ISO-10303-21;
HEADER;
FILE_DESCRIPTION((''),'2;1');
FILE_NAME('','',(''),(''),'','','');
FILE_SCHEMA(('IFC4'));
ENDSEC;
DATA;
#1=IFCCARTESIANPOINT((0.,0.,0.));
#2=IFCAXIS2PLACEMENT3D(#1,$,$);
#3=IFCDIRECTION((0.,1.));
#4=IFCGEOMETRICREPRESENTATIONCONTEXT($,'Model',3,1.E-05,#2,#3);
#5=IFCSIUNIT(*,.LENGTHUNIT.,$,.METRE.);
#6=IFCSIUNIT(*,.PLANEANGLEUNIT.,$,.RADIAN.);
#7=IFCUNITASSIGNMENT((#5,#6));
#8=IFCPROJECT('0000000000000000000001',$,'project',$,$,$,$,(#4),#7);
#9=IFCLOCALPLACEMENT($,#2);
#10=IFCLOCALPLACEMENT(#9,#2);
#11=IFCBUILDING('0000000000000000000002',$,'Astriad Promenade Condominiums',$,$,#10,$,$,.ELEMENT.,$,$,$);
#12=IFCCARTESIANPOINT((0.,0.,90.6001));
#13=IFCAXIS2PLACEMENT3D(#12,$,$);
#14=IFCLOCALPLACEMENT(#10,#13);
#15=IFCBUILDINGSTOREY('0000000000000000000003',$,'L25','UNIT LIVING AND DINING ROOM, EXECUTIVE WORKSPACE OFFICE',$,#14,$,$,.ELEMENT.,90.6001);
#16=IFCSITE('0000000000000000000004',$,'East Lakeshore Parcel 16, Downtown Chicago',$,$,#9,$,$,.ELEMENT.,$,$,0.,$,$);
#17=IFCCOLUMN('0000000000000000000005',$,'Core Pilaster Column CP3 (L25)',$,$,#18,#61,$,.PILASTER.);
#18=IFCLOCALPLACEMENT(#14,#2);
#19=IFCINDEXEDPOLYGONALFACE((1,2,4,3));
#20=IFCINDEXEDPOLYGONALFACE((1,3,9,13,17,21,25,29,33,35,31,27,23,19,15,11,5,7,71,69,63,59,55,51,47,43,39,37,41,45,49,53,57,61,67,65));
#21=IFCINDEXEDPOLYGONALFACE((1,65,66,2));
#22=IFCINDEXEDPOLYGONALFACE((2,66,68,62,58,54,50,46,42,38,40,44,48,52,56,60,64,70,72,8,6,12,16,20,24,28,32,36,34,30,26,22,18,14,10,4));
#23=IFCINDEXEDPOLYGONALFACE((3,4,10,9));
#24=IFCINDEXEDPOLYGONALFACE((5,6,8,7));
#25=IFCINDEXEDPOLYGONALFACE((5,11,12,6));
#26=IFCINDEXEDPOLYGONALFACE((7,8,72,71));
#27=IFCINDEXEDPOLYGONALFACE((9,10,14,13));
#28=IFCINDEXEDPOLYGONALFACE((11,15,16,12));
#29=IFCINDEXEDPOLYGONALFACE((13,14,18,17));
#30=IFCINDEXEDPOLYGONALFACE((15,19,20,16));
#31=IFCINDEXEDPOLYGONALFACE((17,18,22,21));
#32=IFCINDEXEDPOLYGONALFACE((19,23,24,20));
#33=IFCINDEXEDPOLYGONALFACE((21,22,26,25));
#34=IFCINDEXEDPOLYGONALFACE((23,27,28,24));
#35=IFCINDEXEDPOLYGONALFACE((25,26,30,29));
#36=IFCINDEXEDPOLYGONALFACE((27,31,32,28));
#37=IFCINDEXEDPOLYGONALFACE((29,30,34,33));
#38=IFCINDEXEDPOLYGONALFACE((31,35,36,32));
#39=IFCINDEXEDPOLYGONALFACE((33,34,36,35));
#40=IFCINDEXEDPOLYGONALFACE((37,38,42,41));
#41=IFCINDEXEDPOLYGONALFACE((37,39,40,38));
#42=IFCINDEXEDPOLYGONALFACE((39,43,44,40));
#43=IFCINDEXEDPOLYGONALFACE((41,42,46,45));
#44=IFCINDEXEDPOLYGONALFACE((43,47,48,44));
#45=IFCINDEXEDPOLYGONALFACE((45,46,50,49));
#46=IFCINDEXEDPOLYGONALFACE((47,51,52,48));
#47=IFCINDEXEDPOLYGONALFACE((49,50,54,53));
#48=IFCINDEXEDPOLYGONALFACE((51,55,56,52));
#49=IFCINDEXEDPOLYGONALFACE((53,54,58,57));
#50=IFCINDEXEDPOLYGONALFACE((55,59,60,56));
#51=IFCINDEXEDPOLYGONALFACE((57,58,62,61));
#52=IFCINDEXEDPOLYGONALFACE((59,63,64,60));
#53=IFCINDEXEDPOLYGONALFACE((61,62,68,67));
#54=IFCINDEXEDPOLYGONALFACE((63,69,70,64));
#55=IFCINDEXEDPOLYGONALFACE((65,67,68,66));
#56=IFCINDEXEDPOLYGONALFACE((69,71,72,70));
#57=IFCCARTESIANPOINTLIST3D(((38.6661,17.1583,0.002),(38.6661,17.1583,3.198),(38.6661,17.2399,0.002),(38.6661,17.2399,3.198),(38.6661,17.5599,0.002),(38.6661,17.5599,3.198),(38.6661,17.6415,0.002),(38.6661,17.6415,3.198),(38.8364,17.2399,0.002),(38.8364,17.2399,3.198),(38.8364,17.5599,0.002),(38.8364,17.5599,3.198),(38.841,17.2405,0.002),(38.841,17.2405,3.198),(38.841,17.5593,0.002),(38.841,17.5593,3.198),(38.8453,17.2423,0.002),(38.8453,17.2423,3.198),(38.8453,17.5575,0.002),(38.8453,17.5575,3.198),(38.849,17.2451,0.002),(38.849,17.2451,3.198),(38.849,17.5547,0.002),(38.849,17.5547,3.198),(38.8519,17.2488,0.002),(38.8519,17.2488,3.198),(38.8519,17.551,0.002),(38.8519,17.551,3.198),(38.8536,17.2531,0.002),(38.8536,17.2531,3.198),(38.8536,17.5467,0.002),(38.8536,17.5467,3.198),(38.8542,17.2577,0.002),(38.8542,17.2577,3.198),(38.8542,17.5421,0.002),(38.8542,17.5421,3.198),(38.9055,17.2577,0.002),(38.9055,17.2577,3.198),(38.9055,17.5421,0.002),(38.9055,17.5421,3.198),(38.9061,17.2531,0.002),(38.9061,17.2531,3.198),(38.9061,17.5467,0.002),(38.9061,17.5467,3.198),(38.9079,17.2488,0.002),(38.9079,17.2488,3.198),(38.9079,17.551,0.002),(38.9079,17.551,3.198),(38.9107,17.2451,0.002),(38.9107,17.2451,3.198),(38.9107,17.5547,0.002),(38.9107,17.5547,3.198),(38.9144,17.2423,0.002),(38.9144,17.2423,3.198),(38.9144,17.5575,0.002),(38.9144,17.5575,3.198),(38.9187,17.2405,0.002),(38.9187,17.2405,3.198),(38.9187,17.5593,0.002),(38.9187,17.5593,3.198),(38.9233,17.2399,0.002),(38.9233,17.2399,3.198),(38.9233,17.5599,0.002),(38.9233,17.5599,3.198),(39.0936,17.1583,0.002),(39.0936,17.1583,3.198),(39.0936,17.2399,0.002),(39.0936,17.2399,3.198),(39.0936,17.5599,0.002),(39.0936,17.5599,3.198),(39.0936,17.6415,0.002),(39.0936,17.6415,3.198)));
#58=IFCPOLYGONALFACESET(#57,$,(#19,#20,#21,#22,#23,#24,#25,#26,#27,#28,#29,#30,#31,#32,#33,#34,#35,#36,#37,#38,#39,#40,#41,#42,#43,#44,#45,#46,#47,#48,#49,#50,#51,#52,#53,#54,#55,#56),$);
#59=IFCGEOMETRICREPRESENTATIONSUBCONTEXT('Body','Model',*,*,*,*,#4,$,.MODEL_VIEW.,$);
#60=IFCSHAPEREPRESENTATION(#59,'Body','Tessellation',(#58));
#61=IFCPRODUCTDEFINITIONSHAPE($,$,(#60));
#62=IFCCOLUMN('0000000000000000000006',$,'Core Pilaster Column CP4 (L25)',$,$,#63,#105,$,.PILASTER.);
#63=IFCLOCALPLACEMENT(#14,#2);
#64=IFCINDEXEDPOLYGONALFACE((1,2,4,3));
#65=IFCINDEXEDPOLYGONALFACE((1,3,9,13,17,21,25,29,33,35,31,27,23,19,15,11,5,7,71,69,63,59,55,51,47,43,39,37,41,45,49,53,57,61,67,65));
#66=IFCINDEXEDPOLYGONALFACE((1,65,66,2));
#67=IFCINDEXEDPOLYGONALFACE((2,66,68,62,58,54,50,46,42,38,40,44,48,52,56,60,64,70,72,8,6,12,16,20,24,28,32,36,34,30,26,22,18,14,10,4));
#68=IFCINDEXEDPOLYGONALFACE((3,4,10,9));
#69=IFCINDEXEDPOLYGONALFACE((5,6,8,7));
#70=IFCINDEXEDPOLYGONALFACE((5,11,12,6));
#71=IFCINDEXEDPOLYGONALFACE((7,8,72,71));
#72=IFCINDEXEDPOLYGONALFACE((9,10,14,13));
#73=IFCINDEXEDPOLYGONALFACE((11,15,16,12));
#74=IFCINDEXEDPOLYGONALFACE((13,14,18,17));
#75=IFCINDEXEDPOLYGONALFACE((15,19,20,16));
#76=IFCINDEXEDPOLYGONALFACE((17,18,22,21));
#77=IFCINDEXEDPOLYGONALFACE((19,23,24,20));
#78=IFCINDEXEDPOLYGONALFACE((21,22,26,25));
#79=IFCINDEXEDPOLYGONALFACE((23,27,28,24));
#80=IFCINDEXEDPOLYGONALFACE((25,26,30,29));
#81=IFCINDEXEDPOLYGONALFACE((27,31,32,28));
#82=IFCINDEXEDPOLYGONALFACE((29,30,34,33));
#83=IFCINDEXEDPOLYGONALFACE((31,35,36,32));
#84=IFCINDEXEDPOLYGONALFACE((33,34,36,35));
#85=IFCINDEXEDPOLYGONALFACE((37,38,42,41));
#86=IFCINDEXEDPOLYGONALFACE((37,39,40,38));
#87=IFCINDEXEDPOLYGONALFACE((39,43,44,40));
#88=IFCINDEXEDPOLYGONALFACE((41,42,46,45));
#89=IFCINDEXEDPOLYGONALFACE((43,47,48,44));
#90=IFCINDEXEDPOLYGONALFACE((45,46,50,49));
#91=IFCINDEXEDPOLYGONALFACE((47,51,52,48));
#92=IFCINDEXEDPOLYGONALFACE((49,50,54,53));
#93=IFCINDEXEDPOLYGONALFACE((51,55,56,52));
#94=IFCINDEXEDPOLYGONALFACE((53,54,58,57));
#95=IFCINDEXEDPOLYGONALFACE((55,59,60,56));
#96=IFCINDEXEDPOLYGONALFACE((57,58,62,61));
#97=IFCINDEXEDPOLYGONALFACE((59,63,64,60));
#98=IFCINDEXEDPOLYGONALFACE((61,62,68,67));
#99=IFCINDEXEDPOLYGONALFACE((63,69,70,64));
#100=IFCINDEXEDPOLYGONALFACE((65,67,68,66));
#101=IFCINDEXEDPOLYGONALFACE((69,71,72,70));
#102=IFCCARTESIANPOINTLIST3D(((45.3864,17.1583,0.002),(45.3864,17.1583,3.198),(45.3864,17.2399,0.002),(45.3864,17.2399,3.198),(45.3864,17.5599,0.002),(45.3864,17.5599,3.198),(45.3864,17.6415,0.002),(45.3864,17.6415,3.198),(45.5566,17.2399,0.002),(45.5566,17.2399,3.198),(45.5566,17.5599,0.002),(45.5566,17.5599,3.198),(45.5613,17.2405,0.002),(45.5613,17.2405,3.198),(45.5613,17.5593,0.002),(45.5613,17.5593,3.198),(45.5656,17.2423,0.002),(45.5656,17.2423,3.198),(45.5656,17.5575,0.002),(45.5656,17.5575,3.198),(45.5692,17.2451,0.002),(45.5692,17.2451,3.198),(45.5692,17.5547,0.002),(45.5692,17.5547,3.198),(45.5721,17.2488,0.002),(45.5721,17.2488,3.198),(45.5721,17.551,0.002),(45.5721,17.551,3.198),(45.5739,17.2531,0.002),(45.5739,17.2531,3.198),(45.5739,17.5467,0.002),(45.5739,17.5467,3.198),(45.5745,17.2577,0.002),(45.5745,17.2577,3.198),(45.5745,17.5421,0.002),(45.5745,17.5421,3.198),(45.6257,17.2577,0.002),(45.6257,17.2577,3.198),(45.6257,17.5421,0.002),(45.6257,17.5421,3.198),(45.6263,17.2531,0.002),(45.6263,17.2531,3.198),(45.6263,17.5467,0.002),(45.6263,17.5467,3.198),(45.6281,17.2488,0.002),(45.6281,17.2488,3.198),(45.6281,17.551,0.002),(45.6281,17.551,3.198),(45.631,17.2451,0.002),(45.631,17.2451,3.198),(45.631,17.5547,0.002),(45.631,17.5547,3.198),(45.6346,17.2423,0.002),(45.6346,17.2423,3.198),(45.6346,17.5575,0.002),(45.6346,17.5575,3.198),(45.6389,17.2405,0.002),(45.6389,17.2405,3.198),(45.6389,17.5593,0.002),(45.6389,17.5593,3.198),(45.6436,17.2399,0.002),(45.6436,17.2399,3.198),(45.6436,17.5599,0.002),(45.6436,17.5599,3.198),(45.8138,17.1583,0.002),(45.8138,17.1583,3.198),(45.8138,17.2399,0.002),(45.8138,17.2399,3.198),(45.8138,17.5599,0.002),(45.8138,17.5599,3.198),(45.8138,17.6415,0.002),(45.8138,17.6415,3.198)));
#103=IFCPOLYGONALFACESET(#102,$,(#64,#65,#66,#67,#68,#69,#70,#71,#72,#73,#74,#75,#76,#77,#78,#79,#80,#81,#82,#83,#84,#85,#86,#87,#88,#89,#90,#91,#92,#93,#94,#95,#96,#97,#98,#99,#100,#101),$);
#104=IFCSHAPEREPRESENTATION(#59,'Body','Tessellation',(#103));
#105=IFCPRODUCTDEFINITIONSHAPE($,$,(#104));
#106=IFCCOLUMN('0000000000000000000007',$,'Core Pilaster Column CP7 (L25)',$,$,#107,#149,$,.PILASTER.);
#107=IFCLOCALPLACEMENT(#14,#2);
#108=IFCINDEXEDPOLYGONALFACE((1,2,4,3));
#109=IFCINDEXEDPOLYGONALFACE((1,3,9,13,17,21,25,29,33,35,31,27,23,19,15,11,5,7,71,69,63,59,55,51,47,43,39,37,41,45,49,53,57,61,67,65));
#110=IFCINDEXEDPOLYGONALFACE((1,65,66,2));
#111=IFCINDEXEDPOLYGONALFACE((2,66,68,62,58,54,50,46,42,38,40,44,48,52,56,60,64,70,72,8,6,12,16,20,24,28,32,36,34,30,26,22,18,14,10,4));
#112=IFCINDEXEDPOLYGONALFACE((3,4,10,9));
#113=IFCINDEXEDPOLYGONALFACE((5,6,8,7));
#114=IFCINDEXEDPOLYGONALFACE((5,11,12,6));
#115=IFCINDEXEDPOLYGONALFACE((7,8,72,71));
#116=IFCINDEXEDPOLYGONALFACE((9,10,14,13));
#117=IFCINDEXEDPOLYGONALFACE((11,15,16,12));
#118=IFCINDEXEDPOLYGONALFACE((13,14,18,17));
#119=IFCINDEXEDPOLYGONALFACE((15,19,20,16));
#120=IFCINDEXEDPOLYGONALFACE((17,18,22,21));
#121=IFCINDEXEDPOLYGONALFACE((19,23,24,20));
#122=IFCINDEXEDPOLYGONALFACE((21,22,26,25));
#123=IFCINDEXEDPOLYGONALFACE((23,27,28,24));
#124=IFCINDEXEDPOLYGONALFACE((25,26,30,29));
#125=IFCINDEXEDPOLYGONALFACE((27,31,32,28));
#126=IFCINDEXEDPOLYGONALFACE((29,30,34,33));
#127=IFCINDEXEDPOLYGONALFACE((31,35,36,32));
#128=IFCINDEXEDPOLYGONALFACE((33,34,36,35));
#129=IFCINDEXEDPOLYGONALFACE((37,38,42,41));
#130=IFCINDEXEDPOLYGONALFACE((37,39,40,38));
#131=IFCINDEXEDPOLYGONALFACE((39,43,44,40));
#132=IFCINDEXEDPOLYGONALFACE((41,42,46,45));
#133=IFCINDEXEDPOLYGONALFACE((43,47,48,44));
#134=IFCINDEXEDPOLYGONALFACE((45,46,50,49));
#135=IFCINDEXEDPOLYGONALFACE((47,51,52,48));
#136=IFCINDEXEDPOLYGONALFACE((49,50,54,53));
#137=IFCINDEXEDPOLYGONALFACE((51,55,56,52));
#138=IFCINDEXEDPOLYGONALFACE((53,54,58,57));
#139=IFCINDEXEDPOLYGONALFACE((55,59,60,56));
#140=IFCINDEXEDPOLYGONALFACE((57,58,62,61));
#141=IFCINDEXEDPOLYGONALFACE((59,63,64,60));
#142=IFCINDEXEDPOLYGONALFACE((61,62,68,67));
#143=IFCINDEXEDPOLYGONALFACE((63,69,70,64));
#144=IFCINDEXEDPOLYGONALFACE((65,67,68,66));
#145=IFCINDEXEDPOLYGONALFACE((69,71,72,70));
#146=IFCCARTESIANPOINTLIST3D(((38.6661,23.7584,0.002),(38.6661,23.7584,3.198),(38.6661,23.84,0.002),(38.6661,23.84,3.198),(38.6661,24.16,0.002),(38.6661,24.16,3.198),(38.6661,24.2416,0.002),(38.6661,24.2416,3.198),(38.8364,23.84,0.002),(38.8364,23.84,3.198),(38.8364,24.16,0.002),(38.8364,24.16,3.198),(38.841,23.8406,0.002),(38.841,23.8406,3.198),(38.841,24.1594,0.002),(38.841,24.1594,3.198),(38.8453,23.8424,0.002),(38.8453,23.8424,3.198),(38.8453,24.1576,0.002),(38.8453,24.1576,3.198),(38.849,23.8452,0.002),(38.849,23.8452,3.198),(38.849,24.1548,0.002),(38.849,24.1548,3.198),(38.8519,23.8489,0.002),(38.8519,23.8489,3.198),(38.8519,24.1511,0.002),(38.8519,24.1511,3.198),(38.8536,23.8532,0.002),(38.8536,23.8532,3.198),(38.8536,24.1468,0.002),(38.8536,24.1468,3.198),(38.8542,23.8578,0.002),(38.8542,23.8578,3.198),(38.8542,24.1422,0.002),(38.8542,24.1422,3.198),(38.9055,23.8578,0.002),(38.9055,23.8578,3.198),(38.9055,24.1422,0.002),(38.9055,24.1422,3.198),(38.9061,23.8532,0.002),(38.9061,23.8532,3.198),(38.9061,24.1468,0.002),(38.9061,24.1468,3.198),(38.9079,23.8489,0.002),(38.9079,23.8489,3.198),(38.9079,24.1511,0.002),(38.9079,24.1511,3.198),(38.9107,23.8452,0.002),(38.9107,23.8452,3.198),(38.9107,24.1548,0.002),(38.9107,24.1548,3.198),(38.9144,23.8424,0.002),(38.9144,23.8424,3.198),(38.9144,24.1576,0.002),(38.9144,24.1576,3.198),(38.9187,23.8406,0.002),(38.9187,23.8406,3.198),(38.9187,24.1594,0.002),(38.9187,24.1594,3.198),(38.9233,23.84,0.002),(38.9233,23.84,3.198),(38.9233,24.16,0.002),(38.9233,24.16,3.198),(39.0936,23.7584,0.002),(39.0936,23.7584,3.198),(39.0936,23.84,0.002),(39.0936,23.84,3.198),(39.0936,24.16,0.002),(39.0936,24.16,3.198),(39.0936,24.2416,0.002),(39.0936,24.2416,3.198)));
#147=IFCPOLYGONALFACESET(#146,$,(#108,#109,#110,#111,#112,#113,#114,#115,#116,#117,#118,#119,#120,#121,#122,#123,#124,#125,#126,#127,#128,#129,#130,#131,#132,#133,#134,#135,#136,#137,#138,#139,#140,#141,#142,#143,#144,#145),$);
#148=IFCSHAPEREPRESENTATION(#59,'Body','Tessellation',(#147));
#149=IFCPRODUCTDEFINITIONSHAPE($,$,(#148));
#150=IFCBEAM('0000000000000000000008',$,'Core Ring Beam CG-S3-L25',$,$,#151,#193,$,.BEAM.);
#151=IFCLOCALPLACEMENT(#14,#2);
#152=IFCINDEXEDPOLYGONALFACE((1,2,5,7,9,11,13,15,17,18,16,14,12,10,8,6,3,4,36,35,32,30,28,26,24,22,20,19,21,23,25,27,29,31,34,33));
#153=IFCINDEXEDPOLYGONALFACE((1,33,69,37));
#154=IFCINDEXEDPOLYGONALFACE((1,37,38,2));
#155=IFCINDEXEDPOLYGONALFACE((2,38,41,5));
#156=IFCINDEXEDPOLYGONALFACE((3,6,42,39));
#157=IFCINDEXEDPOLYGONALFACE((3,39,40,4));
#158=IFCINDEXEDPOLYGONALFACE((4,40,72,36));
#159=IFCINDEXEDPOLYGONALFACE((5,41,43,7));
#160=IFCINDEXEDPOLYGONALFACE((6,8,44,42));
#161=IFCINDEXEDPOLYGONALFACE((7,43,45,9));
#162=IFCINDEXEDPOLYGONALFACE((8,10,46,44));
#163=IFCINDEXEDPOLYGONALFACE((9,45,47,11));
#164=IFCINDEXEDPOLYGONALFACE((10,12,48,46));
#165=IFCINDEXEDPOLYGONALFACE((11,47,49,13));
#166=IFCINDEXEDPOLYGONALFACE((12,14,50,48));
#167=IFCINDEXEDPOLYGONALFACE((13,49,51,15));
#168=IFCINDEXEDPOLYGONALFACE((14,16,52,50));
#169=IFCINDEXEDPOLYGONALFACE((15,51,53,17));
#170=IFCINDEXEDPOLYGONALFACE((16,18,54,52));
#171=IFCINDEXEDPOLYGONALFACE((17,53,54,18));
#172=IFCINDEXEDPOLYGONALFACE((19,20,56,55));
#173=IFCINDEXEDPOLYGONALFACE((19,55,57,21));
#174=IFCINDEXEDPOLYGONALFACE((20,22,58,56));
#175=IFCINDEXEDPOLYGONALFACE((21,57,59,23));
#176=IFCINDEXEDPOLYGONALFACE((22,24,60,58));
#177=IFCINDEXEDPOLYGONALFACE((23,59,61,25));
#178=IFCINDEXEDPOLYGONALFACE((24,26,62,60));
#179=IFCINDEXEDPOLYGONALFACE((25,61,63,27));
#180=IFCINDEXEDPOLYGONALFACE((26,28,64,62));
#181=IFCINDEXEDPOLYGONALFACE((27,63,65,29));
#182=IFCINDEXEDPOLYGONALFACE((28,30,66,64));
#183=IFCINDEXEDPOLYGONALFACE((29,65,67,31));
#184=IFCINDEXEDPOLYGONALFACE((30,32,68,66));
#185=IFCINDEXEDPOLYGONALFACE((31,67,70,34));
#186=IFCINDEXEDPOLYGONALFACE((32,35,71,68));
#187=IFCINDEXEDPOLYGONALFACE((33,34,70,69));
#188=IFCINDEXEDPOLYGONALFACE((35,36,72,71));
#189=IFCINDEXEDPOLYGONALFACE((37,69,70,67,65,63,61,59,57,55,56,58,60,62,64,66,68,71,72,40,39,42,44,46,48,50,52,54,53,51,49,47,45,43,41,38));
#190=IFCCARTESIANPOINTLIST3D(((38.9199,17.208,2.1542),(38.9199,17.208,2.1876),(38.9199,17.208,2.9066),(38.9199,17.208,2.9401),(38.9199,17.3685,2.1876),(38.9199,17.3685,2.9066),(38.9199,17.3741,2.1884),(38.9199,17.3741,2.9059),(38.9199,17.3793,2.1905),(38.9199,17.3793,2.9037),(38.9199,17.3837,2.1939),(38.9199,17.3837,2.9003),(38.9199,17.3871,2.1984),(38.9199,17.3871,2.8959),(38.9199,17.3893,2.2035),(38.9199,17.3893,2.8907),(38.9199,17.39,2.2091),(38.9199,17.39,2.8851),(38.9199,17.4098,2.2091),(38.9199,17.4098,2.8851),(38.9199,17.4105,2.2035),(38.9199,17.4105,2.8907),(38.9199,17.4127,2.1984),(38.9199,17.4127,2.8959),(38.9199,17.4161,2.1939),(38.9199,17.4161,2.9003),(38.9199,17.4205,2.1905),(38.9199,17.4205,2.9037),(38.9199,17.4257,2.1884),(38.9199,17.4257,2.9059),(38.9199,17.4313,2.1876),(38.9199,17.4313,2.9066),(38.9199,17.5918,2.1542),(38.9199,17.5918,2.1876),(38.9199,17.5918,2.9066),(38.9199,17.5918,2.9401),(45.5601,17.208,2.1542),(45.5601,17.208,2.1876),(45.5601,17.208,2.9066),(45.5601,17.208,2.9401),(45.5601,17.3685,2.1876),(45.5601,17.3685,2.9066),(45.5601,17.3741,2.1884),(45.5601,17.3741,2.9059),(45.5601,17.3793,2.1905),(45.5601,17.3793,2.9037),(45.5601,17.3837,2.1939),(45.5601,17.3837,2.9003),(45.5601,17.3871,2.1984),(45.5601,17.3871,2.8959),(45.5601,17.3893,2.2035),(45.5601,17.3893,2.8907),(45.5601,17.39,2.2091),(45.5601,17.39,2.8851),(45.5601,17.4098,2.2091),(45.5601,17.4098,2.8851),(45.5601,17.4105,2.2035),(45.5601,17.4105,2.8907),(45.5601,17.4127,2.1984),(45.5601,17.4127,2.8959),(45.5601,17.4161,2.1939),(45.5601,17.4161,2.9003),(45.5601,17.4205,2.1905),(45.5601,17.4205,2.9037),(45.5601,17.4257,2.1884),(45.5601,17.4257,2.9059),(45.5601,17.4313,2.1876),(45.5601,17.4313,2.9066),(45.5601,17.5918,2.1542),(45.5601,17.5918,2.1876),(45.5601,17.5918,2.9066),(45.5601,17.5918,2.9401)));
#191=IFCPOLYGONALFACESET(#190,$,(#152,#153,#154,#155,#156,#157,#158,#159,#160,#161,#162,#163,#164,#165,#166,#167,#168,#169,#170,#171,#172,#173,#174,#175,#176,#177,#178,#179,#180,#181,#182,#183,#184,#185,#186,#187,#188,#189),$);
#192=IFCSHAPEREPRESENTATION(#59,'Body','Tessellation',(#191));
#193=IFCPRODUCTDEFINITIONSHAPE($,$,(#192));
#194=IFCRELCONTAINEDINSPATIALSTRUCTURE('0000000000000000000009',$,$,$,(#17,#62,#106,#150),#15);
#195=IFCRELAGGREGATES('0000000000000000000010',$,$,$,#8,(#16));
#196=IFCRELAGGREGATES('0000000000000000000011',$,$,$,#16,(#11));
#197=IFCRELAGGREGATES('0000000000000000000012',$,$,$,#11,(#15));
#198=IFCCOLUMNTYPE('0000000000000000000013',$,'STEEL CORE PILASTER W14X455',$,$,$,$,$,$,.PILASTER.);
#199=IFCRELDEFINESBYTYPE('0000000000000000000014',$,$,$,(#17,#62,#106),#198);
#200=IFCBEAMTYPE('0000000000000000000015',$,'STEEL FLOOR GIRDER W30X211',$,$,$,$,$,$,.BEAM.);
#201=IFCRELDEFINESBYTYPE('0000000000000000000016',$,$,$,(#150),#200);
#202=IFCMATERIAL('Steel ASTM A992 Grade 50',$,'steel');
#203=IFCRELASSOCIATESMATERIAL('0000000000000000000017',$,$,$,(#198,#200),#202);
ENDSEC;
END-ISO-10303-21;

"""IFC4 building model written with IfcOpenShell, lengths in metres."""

from ifc_helpers import new_model, si_unit, direction, frame, origin, origin_2d, place, context, subcontext, project, spatial, i_section, extrude, source, transform, mapped, material, material_profile, profile_set, type_object, type_shapes, element, save


model = new_model("IFC4")

# Units and contexts
model_context = context("Model", 3, precision=1e-05, world=origin(), true_north=direction((0.0, 1.0)))
body_context = subcontext(model_context, "Body", "Model", "MODEL_VIEW")
ifc_project = project(units=[si_unit("LENGTHUNIT", "METRE"), si_unit("PLANEANGLEUNIT", "RADIAN")], contexts=[model_context])

# Site, building, storey
site_placement = place(None, origin())
site = spatial("IfcSite", under=ifc_project, at=site_placement, Name="East Lakeshore Parcel 16, Downtown Chicago", CompositionType="ELEMENT", RefElevation=0.0)
building_placement = place(site_placement, origin())
building = spatial("IfcBuilding", under=site, at=building_placement, Name="Astriad Promenade Condominiums", CompositionType="ELEMENT")
storey_placement = place(building_placement, frame((0.0, 0.0, 90.6001)))
storey = spatial("IfcBuildingStorey", under=building, at=storey_placement, Name="L25", Description="UNIT LIVING AND DINING ROOM, EXECUTIVE WORKSPACE OFFICE", CompositionType="ELEMENT", Elevation=90.6001)

# Columns
ifc_material_1 = material(Name="Steel ASTM A992 Grade 50", Category="steel")
ifc_material_profile_1 = material_profile(ifc_material_1, i_section(OverallWidth=0.4275, OverallDepth=0.4832, WebThickness=0.0513, FlangeThickness=0.0815, FilletRadius=0.0178, at=origin_2d()), Name="W14X455")
ifc_profile_set_1 = profile_set([ifc_material_profile_1], Name="Steel ASTM A992 Grade 50")
column_type = type_object("IfcColumnType", Name="STEEL CORE PILASTER W14X455", PredefinedType="PILASTER", material=ifc_profile_set_1)
shared_shape_1 = source(origin(), body_context, "Body", "SweptSolid", [
    extrude(i_section(OverallWidth=0.4275, OverallDepth=0.4832, WebThickness=0.0513, FlangeThickness=0.0815, FilletRadius=0.0178, at=origin_2d()), origin(), (0.0, 0.0, 1.0), 3.196),
])
type_shapes(column_type, [shared_shape_1])
for number, where, z_axis, x_axis, name in (
    (1, (38.8799, 17.3999, 0.002), (0.0, 0.0, 1.0), (1.0, 0.0, 0.0), "Core Pilaster Column CP3 (L25)"),
    (2, (45.6001, 17.3999, 0.002), (0.0, 0.0, 1.0), (1.0, 0.0, 0.0), "Core Pilaster Column CP4 (L25)"),
    (3, (38.8799, 24.0, 0.002), (0.0, 0.0, 1.0), (1.0, 0.0, 0.0), "Core Pilaster Column CP7 (L25)"),
):
    element("IfcColumn", number, at=place(storey_placement, frame(where, z_axis=z_axis, x_axis=x_axis)), inside=storey, type_object=column_type, Name=name, PredefinedType="PILASTER", context=body_context, shape_type="MappedRepresentation", body=[
        mapped(shared_shape_1, transform((0.0, 0.0, 0.0), scale=1.0)),
    ])

# Beam
ifc_material_profile_2 = material_profile(ifc_material_1, i_section(OverallWidth=0.3838, OverallDepth=0.7859, WebThickness=0.0198, FlangeThickness=0.0334, FilletRadius=0.0215, at=origin_2d()), Name="W30X211")
ifc_profile_set_2 = profile_set([ifc_material_profile_2], Name="Steel ASTM A992 Grade 50")
beam_type_1 = type_object("IfcBeamType", Name="STEEL FLOOR GIRDER W30X211", PredefinedType="BEAM", material=ifc_profile_set_2)
shared_shape_2 = source(origin(), body_context, "Body", "SweptSolid", [
    extrude(i_section(OverallWidth=0.3838, OverallDepth=0.7859, WebThickness=0.0198, FlangeThickness=0.0334, FilletRadius=0.0215, at=origin_2d()), origin(), (0.0, 0.0, 1.0), 6.6401),
])
type_shapes(beam_type_1, [shared_shape_2])
beam_1_placement = place(storey_placement, frame((38.9199, 17.3999, 2.5471), z_axis=(1.0, 0.0, 0.0), x_axis=(0.0, 1.0, 0.0)))
element("IfcBeam", 4, at=beam_1_placement, inside=storey, type_object=beam_type_1, Name="Core Ring Beam CG-S3-L25", PredefinedType="BEAM", context=body_context, shape_type="MappedRepresentation", body=[
    mapped(shared_shape_2, transform((0.0, 0.0, 0.0), scale=1.0)),
])

save(model, "model.ifc")
